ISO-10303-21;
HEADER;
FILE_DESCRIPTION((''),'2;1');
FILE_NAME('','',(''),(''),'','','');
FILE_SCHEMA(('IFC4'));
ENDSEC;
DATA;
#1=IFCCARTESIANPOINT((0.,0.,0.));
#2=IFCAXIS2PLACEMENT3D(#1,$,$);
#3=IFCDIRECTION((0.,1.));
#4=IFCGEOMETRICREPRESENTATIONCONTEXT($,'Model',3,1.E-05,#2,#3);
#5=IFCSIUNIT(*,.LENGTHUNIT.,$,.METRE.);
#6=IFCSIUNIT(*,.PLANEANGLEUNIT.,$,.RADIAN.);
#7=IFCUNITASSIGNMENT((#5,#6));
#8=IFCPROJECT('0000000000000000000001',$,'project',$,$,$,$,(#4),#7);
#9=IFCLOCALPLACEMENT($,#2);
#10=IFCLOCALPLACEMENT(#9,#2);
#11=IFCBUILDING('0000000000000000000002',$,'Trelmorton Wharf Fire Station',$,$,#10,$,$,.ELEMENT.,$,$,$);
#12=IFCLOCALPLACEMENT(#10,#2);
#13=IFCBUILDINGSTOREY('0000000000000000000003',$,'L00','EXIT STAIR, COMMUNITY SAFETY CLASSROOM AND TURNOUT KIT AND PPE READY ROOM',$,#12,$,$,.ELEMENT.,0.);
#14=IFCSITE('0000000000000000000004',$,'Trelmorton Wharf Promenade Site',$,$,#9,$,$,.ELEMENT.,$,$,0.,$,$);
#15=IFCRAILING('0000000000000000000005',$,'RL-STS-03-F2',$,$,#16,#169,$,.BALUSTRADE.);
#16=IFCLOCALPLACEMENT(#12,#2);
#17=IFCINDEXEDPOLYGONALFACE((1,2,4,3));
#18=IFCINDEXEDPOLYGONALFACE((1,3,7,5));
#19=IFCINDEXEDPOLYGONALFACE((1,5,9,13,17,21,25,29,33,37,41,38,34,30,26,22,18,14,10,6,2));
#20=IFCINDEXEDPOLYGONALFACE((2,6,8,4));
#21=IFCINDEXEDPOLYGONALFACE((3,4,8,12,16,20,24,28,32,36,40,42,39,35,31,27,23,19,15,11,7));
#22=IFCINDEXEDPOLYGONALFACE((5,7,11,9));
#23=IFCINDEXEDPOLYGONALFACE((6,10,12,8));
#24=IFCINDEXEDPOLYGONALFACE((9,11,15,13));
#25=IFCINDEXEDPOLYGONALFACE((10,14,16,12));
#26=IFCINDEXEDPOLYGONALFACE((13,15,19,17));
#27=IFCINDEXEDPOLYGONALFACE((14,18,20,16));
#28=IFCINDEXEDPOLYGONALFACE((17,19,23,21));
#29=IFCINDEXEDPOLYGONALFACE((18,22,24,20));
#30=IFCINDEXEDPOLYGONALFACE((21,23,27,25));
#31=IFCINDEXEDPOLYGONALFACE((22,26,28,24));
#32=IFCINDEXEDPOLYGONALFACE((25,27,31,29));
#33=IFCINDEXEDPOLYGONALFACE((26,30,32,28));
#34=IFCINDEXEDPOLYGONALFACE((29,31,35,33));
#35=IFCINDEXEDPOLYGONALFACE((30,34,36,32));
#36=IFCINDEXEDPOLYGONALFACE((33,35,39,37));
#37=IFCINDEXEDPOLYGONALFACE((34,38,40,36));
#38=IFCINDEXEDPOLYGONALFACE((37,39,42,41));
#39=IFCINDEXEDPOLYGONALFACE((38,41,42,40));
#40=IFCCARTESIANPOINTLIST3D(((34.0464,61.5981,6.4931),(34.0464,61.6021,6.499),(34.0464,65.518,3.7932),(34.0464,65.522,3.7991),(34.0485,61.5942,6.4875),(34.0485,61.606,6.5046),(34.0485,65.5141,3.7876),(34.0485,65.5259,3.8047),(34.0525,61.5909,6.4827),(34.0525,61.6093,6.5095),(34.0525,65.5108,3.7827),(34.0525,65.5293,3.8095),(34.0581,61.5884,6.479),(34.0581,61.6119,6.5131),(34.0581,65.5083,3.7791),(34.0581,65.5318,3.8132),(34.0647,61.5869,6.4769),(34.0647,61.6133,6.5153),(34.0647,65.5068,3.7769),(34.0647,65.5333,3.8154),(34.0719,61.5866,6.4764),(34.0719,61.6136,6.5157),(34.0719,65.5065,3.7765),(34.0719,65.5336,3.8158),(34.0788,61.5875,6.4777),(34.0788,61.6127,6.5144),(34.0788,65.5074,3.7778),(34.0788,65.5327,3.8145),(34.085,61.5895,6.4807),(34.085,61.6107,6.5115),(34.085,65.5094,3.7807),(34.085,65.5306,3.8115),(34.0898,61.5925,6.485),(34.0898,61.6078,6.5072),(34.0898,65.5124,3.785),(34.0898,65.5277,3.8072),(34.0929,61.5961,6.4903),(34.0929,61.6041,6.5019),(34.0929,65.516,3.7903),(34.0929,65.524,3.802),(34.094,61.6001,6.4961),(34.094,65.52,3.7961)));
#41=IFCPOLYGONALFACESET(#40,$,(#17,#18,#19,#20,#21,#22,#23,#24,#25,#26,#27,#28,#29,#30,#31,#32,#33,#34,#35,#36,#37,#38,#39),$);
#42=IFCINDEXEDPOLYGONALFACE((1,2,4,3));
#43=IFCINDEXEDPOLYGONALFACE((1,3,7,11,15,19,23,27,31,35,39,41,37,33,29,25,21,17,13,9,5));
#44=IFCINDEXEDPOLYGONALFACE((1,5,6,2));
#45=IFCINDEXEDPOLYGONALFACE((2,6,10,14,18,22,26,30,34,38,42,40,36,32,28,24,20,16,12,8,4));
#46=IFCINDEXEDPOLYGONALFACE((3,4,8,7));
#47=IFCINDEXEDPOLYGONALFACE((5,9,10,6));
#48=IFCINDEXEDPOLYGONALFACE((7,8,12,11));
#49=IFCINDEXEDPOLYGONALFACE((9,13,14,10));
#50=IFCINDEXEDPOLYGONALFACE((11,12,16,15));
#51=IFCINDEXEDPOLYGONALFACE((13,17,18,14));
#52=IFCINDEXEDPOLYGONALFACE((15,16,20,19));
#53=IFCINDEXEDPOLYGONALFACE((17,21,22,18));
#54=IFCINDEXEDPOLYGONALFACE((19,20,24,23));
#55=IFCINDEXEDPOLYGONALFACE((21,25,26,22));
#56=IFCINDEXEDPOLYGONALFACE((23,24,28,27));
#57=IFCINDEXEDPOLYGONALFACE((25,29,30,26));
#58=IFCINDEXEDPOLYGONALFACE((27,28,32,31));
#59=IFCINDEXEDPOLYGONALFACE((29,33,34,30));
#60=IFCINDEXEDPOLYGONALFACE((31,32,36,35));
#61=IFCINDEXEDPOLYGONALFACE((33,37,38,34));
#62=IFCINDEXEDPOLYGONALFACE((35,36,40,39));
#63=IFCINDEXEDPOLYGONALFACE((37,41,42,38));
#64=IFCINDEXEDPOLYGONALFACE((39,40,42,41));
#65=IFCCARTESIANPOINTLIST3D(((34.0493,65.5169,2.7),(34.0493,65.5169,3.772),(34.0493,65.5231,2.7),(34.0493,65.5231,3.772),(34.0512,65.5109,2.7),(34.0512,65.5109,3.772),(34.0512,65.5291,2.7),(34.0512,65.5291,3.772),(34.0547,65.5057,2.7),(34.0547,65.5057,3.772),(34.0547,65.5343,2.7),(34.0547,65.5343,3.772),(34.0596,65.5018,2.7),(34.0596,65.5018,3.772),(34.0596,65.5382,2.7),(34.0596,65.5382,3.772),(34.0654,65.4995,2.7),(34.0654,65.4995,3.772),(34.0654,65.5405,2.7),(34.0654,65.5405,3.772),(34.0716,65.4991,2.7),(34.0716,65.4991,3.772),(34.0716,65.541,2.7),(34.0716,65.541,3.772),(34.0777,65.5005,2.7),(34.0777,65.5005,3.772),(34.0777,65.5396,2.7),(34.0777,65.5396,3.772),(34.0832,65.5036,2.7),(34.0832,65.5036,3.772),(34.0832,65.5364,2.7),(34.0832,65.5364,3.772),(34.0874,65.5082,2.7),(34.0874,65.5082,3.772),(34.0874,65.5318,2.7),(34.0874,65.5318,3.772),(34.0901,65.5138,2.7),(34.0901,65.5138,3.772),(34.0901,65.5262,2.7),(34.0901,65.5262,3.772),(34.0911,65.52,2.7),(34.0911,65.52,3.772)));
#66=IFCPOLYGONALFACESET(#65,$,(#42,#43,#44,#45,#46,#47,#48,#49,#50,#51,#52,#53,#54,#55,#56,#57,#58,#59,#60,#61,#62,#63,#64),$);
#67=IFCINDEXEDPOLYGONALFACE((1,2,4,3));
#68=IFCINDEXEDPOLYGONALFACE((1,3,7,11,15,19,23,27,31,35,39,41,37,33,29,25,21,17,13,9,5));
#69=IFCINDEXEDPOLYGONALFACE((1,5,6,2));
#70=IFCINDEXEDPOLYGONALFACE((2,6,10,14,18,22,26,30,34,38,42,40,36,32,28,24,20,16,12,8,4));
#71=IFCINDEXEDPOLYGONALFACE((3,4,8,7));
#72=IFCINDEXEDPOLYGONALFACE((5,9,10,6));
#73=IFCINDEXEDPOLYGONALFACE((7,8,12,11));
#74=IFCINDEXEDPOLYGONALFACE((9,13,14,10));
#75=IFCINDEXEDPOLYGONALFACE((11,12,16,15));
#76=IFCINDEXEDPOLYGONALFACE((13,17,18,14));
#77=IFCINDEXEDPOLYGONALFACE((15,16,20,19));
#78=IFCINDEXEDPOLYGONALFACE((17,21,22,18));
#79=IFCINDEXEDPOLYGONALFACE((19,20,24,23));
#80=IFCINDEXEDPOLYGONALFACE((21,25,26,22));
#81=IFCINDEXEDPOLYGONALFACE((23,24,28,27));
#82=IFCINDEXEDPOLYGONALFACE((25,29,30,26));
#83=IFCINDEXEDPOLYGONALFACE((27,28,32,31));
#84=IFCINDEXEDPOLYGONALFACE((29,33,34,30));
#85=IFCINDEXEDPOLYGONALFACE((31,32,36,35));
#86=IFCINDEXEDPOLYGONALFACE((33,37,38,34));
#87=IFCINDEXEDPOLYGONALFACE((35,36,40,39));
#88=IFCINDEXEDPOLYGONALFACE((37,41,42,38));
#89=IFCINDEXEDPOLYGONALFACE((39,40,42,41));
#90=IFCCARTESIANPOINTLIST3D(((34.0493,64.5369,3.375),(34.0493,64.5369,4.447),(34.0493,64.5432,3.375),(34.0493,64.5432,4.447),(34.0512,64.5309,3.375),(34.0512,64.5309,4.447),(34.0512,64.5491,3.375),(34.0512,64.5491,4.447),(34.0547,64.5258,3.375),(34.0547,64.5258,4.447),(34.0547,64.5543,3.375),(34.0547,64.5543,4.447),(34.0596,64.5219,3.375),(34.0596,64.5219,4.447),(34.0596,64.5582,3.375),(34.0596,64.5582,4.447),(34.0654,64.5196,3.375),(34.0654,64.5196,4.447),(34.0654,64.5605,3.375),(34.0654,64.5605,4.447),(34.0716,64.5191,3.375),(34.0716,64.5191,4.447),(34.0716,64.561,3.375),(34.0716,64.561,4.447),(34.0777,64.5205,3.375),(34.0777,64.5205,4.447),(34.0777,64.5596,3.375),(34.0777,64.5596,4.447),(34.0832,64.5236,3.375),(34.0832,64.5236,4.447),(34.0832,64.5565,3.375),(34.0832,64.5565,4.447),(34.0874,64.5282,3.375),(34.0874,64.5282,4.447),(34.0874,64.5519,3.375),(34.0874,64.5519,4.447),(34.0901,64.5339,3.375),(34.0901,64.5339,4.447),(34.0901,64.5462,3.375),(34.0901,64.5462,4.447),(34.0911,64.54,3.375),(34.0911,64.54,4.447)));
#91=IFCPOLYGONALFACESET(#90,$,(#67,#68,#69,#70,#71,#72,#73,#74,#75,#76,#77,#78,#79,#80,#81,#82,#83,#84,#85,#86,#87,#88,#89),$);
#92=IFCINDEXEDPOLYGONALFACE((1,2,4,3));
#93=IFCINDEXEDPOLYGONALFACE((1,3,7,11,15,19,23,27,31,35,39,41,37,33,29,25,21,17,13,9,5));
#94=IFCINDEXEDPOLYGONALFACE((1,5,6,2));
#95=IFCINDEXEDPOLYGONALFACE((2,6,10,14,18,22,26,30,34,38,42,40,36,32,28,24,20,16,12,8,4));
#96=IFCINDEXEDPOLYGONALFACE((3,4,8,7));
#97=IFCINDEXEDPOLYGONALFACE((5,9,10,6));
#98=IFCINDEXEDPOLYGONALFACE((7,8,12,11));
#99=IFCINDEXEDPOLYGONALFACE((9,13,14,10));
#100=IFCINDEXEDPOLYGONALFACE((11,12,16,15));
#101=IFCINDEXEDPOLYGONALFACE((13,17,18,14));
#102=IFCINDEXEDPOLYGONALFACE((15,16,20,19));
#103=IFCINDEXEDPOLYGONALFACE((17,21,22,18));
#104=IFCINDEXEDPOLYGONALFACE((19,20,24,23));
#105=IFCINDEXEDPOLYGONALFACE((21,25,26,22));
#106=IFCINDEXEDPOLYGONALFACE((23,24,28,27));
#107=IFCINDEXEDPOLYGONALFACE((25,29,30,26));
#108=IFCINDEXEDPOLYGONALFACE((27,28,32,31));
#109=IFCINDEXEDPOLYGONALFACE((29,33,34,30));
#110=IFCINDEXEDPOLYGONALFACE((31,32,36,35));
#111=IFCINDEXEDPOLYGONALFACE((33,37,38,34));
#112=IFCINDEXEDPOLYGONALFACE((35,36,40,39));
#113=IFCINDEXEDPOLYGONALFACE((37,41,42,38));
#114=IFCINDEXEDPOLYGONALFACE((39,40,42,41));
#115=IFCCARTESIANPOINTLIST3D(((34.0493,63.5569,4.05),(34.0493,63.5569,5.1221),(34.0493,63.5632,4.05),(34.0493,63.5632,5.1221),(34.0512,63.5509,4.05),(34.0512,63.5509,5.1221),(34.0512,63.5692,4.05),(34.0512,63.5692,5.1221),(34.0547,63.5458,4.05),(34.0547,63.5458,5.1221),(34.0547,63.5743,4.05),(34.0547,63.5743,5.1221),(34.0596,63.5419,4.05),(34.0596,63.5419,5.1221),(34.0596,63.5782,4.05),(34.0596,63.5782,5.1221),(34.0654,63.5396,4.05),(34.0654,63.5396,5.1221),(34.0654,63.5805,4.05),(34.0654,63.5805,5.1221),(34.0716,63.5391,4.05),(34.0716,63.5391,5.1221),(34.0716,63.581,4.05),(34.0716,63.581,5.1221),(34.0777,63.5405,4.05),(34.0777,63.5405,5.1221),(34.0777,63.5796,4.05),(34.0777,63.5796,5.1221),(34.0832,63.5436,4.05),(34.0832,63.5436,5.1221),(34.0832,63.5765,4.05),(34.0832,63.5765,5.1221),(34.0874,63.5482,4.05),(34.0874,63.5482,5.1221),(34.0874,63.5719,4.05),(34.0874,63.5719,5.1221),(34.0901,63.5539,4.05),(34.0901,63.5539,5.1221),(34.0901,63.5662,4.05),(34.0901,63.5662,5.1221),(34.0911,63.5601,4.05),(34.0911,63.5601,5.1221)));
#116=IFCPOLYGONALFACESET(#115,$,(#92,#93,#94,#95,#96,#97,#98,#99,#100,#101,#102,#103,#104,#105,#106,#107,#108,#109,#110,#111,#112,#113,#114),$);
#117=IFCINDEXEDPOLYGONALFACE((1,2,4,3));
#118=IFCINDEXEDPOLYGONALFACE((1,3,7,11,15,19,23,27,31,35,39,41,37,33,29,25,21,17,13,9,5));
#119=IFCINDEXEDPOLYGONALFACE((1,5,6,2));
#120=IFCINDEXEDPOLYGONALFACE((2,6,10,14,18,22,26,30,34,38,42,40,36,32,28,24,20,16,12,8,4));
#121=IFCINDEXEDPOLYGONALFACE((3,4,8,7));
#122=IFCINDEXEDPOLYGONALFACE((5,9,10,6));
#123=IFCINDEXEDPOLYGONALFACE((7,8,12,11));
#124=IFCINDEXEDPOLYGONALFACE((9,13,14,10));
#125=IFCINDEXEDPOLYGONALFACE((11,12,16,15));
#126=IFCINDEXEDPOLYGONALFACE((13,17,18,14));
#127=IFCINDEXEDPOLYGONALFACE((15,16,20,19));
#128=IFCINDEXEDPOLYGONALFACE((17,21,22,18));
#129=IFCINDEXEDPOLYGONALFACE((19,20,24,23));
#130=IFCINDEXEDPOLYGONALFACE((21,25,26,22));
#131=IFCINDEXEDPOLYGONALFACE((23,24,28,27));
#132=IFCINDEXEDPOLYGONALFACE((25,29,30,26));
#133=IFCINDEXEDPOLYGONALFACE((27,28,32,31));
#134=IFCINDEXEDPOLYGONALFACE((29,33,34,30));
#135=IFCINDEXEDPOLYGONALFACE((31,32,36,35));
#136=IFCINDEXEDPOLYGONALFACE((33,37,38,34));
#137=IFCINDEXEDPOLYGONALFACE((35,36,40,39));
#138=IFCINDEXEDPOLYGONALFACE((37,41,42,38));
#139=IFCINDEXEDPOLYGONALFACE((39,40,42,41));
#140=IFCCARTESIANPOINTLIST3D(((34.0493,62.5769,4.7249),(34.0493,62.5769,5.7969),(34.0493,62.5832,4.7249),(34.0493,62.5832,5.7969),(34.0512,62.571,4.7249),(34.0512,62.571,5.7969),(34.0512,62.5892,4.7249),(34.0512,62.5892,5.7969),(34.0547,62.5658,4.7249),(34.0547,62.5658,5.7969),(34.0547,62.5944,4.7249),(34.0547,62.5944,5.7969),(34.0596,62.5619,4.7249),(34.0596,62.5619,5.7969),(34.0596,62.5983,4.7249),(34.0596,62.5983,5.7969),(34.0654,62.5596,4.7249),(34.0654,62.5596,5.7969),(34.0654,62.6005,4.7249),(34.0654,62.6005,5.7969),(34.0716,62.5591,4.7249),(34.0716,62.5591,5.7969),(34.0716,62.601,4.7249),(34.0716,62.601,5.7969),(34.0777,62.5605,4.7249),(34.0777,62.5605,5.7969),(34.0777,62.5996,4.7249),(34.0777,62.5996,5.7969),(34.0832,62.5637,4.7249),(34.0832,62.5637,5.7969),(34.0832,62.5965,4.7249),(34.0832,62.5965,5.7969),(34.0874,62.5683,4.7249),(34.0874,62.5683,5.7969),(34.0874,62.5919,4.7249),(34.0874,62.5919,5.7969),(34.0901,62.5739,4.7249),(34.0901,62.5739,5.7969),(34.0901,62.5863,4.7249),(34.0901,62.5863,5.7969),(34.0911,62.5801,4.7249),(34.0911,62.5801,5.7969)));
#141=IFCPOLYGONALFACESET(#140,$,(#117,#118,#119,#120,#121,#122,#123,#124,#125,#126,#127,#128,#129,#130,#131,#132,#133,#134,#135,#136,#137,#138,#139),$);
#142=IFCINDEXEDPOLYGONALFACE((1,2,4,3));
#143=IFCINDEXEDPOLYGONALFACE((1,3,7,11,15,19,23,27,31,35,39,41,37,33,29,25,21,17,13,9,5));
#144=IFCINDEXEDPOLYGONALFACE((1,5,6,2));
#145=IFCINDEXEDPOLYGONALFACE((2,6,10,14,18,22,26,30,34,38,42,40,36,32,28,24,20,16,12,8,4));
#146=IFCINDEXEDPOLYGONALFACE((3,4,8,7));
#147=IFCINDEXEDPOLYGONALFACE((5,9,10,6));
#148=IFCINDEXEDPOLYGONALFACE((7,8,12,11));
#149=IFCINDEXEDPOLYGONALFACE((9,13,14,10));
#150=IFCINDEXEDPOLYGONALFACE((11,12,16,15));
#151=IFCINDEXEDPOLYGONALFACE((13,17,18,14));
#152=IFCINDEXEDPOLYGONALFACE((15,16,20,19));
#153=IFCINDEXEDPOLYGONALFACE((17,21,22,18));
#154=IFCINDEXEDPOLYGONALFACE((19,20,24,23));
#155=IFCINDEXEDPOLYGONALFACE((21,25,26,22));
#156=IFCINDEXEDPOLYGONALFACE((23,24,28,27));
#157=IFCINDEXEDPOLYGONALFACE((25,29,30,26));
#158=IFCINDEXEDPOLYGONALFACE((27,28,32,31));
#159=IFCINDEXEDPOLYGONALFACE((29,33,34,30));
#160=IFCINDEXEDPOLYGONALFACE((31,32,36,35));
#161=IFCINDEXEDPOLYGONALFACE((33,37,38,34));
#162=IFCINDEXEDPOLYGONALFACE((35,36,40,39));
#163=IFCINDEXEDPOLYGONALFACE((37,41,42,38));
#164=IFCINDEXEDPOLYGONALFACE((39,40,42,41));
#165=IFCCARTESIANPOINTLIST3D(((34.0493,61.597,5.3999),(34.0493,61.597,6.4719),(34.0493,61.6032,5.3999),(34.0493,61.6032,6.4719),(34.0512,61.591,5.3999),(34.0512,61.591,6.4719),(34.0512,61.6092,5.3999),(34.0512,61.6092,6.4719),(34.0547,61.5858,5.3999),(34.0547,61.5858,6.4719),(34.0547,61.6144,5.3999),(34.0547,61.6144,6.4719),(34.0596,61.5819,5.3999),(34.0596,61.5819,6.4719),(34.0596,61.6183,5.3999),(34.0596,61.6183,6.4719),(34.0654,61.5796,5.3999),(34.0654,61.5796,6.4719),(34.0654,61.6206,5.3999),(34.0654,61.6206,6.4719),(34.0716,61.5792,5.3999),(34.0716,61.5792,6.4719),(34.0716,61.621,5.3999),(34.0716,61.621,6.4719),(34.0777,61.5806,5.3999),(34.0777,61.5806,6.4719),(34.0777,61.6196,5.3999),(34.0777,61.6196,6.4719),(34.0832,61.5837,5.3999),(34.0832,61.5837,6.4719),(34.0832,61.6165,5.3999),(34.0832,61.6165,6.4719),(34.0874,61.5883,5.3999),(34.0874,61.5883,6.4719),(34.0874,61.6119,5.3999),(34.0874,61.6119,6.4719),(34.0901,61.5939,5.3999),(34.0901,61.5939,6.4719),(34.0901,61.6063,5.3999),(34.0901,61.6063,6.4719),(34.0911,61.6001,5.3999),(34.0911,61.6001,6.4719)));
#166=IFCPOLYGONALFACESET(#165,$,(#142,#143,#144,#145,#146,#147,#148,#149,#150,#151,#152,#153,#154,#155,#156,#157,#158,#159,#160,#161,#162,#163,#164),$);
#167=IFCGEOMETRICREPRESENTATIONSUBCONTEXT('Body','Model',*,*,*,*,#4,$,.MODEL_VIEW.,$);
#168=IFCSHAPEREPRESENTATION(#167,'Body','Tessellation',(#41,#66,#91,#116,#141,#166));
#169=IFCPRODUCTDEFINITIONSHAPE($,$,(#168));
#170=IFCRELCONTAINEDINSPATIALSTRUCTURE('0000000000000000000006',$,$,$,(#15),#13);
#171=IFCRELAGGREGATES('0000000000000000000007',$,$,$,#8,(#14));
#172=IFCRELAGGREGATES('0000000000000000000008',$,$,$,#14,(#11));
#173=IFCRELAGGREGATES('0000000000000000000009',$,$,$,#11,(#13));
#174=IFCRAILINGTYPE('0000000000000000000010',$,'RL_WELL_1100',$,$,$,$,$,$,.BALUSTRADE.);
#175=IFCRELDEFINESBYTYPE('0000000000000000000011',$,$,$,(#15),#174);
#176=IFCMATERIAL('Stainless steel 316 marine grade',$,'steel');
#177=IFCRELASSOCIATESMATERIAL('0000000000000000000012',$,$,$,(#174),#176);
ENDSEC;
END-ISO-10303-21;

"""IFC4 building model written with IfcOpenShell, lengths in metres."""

from ifc_helpers import new_model, si_unit, direction, frame, origin, origin_2d, place, context, subcontext, project, spatial, circle, extrude, material, type_object, element, save


model = new_model("IFC4")

# Units and contexts
model_context = context("Model", 3, precision=1e-05, world=origin(), true_north=direction((0.0, 1.0)))
body_context = subcontext(model_context, "Body", "Model", "MODEL_VIEW")
ifc_project = project(units=[si_unit("LENGTHUNIT", "METRE"), si_unit("PLANEANGLEUNIT", "RADIAN")], contexts=[model_context])

# Site, building, storey
site_placement = place(None, origin())
site = spatial("IfcSite", under=ifc_project, at=site_placement, Name="Trelmorton Wharf Promenade Site", CompositionType="ELEMENT", RefElevation=0.0)
building_placement = place(site_placement, origin())
building = spatial("IfcBuilding", under=site, at=building_placement, Name="Trelmorton Wharf Fire Station", CompositionType="ELEMENT")
storey_placement = place(building_placement, origin())
storey = spatial("IfcBuildingStorey", under=building, at=storey_placement, Name="L00", Description="EXIT STAIR, COMMUNITY SAFETY CLASSROOM AND TURNOUT KIT AND PPE READY ROOM", CompositionType="ELEMENT", Elevation=0.0)

# Railing
ifc_material_1 = material(Name="Stainless steel 316 marine grade", Category="steel")
railing_type = type_object("IfcRailingType", Name="RL_WELL_1100", PredefinedType="BALUSTRADE", material=ifc_material_1)
railing_1_placement = place(storey_placement, frame((34.0701, 65.52, 2.7)))
element("IfcRailing", 1, at=railing_1_placement, inside=storey, type_object=railing_type, Name="RL-STS-03-F2", PredefinedType="BALUSTRADE", context=body_context, shape_type="SweptSolid", body=[
    extrude(circle(Radius=0.0239, at=origin_2d()), frame((0.0, 0.0, 1.0962), z_axis=(0.0, -0.823551, 0.567243), x_axis=(1.0, 0.0, 0.0)), (0.0, 0.0, 1.0), 4.7598),
    extrude(circle(Radius=0.021, at=origin_2d()), origin(), (0.0, 0.0, 1.0), 1.072),
    extrude(circle(Radius=0.021, at=origin_2d()), frame((0.0, -0.98, 0.675)), (0.0, 0.0, 1.0), 1.072),
    extrude(circle(Radius=0.021, at=origin_2d()), frame((0.0, -1.96, 1.3501)), (0.0, 0.0, 1.0), 1.072),
    extrude(circle(Radius=0.021, at=origin_2d()), frame((0.0, -2.9399, 2.0249)), (0.0, 0.0, 1.0), 1.072),
    extrude(circle(Radius=0.021, at=origin_2d()), frame((0.0, -3.9199, 2.7)), (0.0, 0.0, 1.0), 1.072),
])

save(model, "model.ifc")
